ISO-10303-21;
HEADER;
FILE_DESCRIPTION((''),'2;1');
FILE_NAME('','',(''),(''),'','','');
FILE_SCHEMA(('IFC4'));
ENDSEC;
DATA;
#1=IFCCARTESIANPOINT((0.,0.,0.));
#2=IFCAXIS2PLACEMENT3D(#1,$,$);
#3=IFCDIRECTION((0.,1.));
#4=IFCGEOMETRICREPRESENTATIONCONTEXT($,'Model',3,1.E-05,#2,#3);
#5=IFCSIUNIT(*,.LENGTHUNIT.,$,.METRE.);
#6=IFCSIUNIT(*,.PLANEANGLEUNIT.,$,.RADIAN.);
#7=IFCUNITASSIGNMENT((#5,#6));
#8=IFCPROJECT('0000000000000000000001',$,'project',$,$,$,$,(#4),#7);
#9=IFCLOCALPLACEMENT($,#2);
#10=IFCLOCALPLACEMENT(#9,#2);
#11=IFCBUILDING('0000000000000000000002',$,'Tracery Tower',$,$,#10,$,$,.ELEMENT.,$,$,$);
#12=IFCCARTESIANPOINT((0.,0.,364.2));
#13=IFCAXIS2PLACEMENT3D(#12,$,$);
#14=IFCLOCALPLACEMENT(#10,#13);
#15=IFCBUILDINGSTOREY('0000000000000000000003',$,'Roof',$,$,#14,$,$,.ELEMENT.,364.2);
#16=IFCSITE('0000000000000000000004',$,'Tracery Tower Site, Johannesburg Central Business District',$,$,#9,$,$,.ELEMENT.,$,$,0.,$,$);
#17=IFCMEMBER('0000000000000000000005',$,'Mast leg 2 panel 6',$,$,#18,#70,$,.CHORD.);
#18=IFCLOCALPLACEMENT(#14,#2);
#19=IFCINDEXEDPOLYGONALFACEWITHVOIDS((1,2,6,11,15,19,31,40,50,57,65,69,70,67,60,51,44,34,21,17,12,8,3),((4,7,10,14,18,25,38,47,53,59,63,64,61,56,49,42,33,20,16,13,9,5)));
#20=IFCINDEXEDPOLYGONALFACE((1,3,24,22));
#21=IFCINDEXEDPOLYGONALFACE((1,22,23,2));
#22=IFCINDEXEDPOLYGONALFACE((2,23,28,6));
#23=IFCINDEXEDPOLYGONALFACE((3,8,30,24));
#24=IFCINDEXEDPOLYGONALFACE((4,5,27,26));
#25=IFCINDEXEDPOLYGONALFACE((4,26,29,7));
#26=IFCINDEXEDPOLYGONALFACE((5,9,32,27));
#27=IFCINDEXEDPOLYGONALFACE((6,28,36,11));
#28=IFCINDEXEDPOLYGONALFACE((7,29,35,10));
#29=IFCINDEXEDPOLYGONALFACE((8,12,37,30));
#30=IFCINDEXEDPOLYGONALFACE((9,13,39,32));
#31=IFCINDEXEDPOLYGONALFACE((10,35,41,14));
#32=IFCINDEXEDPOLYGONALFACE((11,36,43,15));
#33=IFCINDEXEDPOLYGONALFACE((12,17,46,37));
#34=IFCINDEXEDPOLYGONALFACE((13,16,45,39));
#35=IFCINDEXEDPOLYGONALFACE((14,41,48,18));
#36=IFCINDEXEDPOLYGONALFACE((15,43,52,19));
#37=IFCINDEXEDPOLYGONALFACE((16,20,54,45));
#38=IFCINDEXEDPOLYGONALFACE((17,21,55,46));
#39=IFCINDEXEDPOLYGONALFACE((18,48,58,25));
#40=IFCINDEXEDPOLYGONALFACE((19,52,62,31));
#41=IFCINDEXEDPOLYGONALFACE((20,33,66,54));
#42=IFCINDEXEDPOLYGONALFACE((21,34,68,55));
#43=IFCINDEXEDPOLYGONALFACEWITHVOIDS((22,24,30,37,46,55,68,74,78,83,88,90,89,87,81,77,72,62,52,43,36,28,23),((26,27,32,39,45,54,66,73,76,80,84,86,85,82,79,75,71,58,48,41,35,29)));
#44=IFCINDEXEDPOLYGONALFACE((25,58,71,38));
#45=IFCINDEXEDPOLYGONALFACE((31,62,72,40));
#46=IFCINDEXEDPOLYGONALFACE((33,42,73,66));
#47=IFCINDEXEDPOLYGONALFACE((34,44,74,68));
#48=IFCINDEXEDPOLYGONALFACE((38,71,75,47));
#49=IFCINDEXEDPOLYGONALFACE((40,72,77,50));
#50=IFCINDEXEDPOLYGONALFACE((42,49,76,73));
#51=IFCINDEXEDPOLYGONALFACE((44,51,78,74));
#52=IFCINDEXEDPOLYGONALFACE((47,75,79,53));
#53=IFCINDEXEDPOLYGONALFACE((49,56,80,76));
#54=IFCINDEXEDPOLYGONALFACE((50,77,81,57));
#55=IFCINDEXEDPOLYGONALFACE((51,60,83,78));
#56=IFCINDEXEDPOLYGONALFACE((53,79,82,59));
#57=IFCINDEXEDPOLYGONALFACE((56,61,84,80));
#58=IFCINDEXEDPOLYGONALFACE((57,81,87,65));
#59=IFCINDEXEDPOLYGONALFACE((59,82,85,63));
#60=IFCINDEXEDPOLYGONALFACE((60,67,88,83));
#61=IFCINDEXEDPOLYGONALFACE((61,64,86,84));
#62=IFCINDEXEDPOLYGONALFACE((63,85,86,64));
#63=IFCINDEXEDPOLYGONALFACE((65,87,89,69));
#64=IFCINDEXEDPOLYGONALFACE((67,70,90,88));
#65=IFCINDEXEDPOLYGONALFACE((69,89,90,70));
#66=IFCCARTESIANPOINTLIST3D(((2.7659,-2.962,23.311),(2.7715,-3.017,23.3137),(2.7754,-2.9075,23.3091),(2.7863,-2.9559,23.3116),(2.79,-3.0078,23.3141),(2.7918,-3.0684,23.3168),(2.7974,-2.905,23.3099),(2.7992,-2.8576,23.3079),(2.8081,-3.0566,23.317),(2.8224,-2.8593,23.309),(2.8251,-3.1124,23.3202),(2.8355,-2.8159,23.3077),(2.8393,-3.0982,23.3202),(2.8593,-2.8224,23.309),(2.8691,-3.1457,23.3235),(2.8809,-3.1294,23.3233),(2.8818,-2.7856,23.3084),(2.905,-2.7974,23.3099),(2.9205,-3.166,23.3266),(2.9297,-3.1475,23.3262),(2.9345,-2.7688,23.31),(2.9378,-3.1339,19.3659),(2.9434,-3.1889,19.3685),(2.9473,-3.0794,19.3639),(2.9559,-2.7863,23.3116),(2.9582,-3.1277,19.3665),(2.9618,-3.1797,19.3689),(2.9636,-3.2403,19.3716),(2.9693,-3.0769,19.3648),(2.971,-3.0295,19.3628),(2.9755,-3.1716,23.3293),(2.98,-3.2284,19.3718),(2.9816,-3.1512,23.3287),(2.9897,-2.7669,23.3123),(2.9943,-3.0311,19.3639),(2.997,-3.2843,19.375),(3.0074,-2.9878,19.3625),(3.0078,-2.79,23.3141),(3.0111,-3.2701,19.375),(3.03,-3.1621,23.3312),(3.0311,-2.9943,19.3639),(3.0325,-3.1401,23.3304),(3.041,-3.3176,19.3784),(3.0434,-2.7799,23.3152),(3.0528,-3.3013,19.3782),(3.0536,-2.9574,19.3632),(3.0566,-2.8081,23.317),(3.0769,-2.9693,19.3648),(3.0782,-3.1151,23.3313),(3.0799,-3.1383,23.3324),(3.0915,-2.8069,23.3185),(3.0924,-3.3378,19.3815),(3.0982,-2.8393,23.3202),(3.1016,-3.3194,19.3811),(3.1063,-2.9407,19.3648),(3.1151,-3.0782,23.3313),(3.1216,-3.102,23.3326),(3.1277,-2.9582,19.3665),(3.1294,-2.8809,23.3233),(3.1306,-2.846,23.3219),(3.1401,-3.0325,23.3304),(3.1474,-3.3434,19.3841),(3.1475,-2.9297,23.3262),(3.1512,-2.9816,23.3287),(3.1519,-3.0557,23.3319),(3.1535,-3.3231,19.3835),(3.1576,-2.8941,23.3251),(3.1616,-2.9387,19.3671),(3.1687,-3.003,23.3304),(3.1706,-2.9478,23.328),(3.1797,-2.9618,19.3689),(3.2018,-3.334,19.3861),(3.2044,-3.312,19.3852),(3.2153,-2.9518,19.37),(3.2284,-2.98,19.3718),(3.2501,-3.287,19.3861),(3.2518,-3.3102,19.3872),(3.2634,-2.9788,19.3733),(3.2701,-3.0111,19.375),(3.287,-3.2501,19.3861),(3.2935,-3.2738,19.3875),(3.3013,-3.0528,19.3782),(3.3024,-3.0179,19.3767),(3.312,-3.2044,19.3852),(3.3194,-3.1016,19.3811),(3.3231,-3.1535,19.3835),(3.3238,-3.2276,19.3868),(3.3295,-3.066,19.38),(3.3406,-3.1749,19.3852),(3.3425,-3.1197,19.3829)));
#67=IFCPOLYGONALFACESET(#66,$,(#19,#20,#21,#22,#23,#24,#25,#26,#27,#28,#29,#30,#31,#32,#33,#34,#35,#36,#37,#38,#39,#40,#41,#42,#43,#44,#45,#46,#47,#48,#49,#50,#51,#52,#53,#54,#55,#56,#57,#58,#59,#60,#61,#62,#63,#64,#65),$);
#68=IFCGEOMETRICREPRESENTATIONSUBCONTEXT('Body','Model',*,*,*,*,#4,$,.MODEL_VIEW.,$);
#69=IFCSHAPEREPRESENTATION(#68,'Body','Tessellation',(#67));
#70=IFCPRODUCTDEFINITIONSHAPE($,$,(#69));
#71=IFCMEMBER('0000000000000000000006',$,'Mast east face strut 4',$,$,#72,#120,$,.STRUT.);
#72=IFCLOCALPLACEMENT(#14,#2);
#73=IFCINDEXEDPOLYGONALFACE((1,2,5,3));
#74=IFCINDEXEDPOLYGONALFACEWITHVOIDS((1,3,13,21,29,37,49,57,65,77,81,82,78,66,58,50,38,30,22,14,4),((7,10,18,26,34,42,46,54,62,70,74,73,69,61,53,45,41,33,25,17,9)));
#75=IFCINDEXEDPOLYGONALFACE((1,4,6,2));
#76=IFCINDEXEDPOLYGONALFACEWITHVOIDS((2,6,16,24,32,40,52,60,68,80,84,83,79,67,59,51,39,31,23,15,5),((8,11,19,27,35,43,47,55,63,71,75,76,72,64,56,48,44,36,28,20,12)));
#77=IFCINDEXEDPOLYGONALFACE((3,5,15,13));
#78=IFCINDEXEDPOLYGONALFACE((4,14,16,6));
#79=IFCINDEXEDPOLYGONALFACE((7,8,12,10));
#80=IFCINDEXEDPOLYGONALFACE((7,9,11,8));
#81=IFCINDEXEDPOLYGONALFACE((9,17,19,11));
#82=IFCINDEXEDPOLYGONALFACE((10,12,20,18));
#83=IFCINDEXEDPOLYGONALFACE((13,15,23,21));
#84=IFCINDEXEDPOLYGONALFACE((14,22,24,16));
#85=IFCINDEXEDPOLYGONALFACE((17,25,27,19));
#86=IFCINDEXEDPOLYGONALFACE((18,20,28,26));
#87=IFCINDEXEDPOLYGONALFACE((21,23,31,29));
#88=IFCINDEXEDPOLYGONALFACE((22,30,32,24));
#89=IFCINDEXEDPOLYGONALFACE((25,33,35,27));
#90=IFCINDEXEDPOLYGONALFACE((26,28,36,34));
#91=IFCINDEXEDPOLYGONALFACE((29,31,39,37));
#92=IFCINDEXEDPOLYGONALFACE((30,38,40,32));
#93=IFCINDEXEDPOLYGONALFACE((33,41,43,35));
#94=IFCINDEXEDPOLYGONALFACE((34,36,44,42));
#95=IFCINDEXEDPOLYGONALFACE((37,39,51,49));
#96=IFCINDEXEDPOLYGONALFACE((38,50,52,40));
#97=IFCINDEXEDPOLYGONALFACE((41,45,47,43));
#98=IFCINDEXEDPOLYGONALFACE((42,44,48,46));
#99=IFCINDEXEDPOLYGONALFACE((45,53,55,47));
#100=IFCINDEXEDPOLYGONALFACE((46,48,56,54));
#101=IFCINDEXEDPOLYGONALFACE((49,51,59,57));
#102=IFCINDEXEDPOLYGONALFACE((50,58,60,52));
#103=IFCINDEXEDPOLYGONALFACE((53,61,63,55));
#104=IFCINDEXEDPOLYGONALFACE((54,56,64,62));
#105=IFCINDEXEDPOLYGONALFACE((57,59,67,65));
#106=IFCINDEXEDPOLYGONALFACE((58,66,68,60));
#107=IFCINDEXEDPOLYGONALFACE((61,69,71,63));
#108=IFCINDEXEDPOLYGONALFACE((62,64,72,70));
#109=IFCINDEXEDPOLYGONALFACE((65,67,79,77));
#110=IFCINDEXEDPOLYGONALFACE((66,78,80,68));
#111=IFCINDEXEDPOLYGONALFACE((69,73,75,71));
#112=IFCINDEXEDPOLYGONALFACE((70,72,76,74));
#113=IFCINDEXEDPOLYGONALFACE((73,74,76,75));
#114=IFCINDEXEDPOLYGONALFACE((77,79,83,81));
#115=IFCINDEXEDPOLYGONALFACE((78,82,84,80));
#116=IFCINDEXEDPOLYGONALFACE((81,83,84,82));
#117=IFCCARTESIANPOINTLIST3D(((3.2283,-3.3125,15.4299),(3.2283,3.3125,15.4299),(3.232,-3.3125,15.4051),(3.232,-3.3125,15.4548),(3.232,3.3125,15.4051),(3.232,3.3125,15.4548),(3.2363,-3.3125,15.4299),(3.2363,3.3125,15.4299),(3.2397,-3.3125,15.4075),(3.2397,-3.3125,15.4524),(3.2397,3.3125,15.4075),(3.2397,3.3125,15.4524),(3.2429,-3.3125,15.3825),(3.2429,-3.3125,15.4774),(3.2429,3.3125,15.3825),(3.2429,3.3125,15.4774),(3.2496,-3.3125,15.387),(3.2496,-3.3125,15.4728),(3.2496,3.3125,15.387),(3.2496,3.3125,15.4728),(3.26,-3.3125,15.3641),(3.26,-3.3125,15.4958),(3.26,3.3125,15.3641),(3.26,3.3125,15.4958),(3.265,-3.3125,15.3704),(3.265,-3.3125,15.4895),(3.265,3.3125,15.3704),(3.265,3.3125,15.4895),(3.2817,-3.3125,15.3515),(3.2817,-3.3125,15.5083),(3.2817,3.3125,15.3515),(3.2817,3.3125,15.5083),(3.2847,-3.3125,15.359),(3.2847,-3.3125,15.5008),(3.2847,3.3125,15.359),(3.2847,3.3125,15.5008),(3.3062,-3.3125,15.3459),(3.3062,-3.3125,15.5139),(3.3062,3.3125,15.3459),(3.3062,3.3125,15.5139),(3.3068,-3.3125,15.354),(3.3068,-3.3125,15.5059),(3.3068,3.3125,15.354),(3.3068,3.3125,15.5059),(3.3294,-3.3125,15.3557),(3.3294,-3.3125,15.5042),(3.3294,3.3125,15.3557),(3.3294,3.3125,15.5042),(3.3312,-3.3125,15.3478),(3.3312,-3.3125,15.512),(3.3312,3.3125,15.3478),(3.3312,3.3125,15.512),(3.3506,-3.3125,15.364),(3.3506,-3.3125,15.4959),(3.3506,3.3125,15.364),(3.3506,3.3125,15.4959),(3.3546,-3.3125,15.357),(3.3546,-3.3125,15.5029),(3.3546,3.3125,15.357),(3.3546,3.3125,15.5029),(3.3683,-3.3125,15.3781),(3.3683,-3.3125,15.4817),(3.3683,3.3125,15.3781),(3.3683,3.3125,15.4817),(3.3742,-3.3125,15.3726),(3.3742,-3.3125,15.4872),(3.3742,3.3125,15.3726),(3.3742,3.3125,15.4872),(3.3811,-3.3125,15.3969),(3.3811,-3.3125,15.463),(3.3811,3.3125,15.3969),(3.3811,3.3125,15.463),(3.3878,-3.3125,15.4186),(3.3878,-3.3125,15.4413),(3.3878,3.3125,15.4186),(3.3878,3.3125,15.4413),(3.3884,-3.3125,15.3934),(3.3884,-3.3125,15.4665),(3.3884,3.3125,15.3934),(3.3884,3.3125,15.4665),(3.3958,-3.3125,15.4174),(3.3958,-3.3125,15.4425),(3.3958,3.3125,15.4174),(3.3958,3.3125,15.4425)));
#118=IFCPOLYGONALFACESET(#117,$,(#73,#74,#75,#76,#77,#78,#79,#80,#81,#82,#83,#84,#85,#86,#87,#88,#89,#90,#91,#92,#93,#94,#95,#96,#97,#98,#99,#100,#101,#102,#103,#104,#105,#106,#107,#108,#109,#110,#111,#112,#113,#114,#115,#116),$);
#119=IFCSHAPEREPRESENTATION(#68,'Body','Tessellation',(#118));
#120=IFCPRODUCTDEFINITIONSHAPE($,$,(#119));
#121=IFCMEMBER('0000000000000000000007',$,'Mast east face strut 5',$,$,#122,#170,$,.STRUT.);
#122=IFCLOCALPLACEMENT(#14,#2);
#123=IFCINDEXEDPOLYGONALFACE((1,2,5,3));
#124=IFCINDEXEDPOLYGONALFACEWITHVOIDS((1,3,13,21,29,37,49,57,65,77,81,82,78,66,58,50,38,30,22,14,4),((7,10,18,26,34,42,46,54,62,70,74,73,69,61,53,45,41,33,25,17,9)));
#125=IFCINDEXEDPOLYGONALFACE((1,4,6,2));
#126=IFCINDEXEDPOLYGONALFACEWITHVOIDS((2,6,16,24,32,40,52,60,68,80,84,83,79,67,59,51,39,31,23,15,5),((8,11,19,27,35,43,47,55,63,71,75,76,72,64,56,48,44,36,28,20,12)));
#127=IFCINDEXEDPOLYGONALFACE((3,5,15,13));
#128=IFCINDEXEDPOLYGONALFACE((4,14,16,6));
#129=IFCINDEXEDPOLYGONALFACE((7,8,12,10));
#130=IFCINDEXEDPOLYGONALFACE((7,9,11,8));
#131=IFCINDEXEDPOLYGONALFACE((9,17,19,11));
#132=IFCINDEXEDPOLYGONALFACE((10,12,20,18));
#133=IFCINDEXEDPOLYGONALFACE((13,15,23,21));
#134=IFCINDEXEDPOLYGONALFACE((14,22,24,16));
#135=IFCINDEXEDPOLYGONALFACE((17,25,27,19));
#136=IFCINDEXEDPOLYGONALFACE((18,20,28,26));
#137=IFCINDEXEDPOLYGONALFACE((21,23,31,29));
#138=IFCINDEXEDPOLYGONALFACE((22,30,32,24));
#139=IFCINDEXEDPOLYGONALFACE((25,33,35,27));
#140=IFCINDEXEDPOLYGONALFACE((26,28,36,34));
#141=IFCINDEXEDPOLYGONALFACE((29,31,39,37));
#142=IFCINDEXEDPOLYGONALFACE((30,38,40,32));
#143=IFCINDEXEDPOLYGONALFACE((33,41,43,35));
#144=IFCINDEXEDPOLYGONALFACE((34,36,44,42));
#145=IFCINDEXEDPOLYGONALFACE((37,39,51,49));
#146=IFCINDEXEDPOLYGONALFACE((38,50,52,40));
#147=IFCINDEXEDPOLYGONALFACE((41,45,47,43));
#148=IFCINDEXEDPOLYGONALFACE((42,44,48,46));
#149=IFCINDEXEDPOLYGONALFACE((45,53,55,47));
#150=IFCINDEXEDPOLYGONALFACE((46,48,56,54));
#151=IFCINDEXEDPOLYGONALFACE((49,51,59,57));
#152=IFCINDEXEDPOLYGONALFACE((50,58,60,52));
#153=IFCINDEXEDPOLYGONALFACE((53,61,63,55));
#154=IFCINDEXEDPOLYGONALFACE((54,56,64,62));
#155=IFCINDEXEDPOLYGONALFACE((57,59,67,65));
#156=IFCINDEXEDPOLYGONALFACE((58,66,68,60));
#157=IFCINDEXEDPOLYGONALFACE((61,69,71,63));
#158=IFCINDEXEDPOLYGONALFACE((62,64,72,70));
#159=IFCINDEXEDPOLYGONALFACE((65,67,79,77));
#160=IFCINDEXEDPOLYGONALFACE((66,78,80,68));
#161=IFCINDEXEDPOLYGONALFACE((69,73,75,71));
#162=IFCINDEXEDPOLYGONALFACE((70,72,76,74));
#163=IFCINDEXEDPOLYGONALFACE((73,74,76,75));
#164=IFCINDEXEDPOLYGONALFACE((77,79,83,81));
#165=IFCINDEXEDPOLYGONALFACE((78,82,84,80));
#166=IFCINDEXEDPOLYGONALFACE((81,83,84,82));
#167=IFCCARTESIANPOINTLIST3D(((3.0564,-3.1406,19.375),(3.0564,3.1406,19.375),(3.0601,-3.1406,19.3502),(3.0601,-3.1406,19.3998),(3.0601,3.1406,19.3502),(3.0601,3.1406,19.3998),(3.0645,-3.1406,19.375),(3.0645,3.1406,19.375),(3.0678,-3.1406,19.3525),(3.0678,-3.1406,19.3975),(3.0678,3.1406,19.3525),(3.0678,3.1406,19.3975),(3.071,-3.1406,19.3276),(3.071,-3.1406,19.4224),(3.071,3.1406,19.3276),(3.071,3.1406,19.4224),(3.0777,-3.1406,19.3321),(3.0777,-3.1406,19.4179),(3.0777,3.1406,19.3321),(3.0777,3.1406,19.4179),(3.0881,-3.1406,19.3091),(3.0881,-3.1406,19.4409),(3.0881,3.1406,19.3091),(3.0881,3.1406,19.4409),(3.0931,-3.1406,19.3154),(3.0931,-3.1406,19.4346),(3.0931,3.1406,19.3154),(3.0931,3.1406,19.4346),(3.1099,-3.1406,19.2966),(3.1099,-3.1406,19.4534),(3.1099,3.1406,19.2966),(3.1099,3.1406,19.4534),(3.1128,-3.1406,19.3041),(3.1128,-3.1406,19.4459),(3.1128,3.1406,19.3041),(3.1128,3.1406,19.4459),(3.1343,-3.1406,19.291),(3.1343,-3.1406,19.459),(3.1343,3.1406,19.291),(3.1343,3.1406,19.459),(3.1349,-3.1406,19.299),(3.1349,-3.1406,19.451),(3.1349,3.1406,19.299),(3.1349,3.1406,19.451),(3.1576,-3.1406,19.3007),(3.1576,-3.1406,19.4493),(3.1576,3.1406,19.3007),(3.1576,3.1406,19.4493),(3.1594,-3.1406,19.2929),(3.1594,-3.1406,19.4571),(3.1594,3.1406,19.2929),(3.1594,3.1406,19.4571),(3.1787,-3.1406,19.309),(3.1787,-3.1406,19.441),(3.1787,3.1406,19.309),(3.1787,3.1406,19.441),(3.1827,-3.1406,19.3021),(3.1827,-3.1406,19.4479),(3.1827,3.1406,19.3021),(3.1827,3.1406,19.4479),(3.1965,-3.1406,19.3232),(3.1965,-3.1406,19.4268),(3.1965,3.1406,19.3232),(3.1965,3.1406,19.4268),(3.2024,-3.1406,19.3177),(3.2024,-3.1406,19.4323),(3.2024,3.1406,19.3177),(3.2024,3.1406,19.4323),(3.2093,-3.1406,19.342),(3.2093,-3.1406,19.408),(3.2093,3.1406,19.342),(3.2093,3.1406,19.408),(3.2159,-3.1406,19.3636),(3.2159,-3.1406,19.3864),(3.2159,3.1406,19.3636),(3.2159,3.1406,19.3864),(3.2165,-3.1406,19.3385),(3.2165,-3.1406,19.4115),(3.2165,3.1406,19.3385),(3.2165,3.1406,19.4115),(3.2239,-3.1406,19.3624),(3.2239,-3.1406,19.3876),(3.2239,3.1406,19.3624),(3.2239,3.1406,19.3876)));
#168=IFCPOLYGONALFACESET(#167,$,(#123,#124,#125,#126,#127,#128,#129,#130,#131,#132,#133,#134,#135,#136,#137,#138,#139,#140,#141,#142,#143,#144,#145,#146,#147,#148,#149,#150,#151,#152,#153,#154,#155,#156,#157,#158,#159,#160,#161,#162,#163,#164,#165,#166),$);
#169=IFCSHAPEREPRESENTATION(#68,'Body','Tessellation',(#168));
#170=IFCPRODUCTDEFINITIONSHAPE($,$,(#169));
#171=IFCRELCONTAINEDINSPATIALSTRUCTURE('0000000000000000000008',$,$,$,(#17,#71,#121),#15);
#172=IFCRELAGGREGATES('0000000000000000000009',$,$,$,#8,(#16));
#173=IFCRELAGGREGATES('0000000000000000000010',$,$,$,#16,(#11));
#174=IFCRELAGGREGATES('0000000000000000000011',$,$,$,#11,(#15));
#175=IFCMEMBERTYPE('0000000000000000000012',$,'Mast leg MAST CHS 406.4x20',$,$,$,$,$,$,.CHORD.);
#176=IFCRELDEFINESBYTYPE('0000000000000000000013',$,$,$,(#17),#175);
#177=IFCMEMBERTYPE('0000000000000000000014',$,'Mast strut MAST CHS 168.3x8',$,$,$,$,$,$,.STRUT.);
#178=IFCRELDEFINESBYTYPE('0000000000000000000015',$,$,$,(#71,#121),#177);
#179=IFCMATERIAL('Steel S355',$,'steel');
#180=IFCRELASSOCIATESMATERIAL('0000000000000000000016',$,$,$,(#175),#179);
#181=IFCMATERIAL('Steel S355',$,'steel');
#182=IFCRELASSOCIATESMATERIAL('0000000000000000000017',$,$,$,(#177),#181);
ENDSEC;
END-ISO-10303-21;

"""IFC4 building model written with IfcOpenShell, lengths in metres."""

from ifc_helpers import new_model, si_unit, direction, frame, origin, origin_2d, place, context, subcontext, project, spatial, hollow_circle, extrude, material, material_profile, profile_set, type_object, element, save


model = new_model("IFC4")

# Units and contexts
model_context = context("Model", 3, precision=1e-05, world=origin(), true_north=direction((0.0, 1.0)))
body_context = subcontext(model_context, "Body", "Model", "MODEL_VIEW")
ifc_project = project(units=[si_unit("LENGTHUNIT", "METRE"), si_unit("PLANEANGLEUNIT", "RADIAN")], contexts=[model_context])

# Site, building, storey
site_placement = place(None, origin())
site = spatial("IfcSite", under=ifc_project, at=site_placement, Name="Tracery Tower Site, Johannesburg Central Business District", CompositionType="ELEMENT", RefElevation=0.0)
building_placement = place(site_placement, origin())
building = spatial("IfcBuilding", under=site, at=building_placement, Name="Tracery Tower", CompositionType="ELEMENT")
storey_placement = place(building_placement, frame((0.0, 0.0, 364.2)))
storey = spatial("IfcBuildingStorey", under=building, at=storey_placement, Name="Roof", CompositionType="ELEMENT", Elevation=364.2)

# Members
ifc_material_1 = material(Name="Steel S355", Category="steel")
ifc_material_profile_1 = material_profile(ifc_material_1, hollow_circle(Radius=0.2031, WallThickness=0.02, at=origin_2d()), Name="CHS 406.4x20")
ifc_profile_set_1 = profile_set([ifc_material_profile_1], Name="Steel S355")
member_type_1 = type_object("IfcMemberType", Name="Mast leg MAST CHS 406.4x20", PredefinedType="CHORD", material=ifc_profile_set_1)
for number, where, z_axis, x_axis, name in (
    (1, (3.1406, -3.1406, 19.375), (-0.043485, 0.043485, 0.998107), (-0.707107, -0.707107, 0.0), "Mast leg 2 panel 6"),
):
    element("IfcMember", number, at=place(storey_placement, frame(where, z_axis=z_axis, x_axis=x_axis)), inside=storey, type_object=member_type_1, Name=name, PredefinedType="CHORD", context=body_context, shape_type="SweptSolid", body=[
        extrude(hollow_circle(Radius=0.2031, WallThickness=0.02, at=origin_2d()), origin(), (0.0, 0.0, 1.0), 3.9526),
    ])
ifc_material_2 = material(Name="Steel S355", Category="steel")
ifc_material_profile_2 = material_profile(ifc_material_2, hollow_circle(Radius=0.0842, WallThickness=0.0081, at=origin_2d()), Name="CHS 168.3x8")
ifc_profile_set_2 = profile_set([ifc_material_profile_2], Name="Steel S355")
member_type_2 = type_object("IfcMemberType", Name="Mast strut MAST CHS 168.3x8", PredefinedType="STRUT", material=ifc_profile_set_2)
member_1_placement = place(storey_placement, frame((3.3125, -3.3125, 15.4299), z_axis=(0.0, 1.0, 0.0), x_axis=(-1.0, 0.0, 0.0)))
element("IfcMember", 2, at=member_1_placement, inside=storey, type_object=member_type_2, Name="Mast east face strut 4", PredefinedType="STRUT", context=body_context, shape_type="SweptSolid", body=[
    extrude(hollow_circle(Radius=0.0842, WallThickness=0.0081, at=origin_2d()), origin(), (0.0, 0.0, 1.0), 6.625),
])
member_2_placement = place(storey_placement, frame((3.1406, -3.1406, 19.375), z_axis=(0.0, 1.0, 0.0), x_axis=(-1.0, 0.0, 0.0)))
element("IfcMember", 3, at=member_2_placement, inside=storey, type_object=member_type_2, Name="Mast east face strut 5", PredefinedType="STRUT", context=body_context, shape_type="SweptSolid", body=[
    extrude(hollow_circle(Radius=0.0842, WallThickness=0.0081, at=origin_2d()), origin(), (0.0, 0.0, 1.0), 6.2812),
])

save(model, "model.ifc")
